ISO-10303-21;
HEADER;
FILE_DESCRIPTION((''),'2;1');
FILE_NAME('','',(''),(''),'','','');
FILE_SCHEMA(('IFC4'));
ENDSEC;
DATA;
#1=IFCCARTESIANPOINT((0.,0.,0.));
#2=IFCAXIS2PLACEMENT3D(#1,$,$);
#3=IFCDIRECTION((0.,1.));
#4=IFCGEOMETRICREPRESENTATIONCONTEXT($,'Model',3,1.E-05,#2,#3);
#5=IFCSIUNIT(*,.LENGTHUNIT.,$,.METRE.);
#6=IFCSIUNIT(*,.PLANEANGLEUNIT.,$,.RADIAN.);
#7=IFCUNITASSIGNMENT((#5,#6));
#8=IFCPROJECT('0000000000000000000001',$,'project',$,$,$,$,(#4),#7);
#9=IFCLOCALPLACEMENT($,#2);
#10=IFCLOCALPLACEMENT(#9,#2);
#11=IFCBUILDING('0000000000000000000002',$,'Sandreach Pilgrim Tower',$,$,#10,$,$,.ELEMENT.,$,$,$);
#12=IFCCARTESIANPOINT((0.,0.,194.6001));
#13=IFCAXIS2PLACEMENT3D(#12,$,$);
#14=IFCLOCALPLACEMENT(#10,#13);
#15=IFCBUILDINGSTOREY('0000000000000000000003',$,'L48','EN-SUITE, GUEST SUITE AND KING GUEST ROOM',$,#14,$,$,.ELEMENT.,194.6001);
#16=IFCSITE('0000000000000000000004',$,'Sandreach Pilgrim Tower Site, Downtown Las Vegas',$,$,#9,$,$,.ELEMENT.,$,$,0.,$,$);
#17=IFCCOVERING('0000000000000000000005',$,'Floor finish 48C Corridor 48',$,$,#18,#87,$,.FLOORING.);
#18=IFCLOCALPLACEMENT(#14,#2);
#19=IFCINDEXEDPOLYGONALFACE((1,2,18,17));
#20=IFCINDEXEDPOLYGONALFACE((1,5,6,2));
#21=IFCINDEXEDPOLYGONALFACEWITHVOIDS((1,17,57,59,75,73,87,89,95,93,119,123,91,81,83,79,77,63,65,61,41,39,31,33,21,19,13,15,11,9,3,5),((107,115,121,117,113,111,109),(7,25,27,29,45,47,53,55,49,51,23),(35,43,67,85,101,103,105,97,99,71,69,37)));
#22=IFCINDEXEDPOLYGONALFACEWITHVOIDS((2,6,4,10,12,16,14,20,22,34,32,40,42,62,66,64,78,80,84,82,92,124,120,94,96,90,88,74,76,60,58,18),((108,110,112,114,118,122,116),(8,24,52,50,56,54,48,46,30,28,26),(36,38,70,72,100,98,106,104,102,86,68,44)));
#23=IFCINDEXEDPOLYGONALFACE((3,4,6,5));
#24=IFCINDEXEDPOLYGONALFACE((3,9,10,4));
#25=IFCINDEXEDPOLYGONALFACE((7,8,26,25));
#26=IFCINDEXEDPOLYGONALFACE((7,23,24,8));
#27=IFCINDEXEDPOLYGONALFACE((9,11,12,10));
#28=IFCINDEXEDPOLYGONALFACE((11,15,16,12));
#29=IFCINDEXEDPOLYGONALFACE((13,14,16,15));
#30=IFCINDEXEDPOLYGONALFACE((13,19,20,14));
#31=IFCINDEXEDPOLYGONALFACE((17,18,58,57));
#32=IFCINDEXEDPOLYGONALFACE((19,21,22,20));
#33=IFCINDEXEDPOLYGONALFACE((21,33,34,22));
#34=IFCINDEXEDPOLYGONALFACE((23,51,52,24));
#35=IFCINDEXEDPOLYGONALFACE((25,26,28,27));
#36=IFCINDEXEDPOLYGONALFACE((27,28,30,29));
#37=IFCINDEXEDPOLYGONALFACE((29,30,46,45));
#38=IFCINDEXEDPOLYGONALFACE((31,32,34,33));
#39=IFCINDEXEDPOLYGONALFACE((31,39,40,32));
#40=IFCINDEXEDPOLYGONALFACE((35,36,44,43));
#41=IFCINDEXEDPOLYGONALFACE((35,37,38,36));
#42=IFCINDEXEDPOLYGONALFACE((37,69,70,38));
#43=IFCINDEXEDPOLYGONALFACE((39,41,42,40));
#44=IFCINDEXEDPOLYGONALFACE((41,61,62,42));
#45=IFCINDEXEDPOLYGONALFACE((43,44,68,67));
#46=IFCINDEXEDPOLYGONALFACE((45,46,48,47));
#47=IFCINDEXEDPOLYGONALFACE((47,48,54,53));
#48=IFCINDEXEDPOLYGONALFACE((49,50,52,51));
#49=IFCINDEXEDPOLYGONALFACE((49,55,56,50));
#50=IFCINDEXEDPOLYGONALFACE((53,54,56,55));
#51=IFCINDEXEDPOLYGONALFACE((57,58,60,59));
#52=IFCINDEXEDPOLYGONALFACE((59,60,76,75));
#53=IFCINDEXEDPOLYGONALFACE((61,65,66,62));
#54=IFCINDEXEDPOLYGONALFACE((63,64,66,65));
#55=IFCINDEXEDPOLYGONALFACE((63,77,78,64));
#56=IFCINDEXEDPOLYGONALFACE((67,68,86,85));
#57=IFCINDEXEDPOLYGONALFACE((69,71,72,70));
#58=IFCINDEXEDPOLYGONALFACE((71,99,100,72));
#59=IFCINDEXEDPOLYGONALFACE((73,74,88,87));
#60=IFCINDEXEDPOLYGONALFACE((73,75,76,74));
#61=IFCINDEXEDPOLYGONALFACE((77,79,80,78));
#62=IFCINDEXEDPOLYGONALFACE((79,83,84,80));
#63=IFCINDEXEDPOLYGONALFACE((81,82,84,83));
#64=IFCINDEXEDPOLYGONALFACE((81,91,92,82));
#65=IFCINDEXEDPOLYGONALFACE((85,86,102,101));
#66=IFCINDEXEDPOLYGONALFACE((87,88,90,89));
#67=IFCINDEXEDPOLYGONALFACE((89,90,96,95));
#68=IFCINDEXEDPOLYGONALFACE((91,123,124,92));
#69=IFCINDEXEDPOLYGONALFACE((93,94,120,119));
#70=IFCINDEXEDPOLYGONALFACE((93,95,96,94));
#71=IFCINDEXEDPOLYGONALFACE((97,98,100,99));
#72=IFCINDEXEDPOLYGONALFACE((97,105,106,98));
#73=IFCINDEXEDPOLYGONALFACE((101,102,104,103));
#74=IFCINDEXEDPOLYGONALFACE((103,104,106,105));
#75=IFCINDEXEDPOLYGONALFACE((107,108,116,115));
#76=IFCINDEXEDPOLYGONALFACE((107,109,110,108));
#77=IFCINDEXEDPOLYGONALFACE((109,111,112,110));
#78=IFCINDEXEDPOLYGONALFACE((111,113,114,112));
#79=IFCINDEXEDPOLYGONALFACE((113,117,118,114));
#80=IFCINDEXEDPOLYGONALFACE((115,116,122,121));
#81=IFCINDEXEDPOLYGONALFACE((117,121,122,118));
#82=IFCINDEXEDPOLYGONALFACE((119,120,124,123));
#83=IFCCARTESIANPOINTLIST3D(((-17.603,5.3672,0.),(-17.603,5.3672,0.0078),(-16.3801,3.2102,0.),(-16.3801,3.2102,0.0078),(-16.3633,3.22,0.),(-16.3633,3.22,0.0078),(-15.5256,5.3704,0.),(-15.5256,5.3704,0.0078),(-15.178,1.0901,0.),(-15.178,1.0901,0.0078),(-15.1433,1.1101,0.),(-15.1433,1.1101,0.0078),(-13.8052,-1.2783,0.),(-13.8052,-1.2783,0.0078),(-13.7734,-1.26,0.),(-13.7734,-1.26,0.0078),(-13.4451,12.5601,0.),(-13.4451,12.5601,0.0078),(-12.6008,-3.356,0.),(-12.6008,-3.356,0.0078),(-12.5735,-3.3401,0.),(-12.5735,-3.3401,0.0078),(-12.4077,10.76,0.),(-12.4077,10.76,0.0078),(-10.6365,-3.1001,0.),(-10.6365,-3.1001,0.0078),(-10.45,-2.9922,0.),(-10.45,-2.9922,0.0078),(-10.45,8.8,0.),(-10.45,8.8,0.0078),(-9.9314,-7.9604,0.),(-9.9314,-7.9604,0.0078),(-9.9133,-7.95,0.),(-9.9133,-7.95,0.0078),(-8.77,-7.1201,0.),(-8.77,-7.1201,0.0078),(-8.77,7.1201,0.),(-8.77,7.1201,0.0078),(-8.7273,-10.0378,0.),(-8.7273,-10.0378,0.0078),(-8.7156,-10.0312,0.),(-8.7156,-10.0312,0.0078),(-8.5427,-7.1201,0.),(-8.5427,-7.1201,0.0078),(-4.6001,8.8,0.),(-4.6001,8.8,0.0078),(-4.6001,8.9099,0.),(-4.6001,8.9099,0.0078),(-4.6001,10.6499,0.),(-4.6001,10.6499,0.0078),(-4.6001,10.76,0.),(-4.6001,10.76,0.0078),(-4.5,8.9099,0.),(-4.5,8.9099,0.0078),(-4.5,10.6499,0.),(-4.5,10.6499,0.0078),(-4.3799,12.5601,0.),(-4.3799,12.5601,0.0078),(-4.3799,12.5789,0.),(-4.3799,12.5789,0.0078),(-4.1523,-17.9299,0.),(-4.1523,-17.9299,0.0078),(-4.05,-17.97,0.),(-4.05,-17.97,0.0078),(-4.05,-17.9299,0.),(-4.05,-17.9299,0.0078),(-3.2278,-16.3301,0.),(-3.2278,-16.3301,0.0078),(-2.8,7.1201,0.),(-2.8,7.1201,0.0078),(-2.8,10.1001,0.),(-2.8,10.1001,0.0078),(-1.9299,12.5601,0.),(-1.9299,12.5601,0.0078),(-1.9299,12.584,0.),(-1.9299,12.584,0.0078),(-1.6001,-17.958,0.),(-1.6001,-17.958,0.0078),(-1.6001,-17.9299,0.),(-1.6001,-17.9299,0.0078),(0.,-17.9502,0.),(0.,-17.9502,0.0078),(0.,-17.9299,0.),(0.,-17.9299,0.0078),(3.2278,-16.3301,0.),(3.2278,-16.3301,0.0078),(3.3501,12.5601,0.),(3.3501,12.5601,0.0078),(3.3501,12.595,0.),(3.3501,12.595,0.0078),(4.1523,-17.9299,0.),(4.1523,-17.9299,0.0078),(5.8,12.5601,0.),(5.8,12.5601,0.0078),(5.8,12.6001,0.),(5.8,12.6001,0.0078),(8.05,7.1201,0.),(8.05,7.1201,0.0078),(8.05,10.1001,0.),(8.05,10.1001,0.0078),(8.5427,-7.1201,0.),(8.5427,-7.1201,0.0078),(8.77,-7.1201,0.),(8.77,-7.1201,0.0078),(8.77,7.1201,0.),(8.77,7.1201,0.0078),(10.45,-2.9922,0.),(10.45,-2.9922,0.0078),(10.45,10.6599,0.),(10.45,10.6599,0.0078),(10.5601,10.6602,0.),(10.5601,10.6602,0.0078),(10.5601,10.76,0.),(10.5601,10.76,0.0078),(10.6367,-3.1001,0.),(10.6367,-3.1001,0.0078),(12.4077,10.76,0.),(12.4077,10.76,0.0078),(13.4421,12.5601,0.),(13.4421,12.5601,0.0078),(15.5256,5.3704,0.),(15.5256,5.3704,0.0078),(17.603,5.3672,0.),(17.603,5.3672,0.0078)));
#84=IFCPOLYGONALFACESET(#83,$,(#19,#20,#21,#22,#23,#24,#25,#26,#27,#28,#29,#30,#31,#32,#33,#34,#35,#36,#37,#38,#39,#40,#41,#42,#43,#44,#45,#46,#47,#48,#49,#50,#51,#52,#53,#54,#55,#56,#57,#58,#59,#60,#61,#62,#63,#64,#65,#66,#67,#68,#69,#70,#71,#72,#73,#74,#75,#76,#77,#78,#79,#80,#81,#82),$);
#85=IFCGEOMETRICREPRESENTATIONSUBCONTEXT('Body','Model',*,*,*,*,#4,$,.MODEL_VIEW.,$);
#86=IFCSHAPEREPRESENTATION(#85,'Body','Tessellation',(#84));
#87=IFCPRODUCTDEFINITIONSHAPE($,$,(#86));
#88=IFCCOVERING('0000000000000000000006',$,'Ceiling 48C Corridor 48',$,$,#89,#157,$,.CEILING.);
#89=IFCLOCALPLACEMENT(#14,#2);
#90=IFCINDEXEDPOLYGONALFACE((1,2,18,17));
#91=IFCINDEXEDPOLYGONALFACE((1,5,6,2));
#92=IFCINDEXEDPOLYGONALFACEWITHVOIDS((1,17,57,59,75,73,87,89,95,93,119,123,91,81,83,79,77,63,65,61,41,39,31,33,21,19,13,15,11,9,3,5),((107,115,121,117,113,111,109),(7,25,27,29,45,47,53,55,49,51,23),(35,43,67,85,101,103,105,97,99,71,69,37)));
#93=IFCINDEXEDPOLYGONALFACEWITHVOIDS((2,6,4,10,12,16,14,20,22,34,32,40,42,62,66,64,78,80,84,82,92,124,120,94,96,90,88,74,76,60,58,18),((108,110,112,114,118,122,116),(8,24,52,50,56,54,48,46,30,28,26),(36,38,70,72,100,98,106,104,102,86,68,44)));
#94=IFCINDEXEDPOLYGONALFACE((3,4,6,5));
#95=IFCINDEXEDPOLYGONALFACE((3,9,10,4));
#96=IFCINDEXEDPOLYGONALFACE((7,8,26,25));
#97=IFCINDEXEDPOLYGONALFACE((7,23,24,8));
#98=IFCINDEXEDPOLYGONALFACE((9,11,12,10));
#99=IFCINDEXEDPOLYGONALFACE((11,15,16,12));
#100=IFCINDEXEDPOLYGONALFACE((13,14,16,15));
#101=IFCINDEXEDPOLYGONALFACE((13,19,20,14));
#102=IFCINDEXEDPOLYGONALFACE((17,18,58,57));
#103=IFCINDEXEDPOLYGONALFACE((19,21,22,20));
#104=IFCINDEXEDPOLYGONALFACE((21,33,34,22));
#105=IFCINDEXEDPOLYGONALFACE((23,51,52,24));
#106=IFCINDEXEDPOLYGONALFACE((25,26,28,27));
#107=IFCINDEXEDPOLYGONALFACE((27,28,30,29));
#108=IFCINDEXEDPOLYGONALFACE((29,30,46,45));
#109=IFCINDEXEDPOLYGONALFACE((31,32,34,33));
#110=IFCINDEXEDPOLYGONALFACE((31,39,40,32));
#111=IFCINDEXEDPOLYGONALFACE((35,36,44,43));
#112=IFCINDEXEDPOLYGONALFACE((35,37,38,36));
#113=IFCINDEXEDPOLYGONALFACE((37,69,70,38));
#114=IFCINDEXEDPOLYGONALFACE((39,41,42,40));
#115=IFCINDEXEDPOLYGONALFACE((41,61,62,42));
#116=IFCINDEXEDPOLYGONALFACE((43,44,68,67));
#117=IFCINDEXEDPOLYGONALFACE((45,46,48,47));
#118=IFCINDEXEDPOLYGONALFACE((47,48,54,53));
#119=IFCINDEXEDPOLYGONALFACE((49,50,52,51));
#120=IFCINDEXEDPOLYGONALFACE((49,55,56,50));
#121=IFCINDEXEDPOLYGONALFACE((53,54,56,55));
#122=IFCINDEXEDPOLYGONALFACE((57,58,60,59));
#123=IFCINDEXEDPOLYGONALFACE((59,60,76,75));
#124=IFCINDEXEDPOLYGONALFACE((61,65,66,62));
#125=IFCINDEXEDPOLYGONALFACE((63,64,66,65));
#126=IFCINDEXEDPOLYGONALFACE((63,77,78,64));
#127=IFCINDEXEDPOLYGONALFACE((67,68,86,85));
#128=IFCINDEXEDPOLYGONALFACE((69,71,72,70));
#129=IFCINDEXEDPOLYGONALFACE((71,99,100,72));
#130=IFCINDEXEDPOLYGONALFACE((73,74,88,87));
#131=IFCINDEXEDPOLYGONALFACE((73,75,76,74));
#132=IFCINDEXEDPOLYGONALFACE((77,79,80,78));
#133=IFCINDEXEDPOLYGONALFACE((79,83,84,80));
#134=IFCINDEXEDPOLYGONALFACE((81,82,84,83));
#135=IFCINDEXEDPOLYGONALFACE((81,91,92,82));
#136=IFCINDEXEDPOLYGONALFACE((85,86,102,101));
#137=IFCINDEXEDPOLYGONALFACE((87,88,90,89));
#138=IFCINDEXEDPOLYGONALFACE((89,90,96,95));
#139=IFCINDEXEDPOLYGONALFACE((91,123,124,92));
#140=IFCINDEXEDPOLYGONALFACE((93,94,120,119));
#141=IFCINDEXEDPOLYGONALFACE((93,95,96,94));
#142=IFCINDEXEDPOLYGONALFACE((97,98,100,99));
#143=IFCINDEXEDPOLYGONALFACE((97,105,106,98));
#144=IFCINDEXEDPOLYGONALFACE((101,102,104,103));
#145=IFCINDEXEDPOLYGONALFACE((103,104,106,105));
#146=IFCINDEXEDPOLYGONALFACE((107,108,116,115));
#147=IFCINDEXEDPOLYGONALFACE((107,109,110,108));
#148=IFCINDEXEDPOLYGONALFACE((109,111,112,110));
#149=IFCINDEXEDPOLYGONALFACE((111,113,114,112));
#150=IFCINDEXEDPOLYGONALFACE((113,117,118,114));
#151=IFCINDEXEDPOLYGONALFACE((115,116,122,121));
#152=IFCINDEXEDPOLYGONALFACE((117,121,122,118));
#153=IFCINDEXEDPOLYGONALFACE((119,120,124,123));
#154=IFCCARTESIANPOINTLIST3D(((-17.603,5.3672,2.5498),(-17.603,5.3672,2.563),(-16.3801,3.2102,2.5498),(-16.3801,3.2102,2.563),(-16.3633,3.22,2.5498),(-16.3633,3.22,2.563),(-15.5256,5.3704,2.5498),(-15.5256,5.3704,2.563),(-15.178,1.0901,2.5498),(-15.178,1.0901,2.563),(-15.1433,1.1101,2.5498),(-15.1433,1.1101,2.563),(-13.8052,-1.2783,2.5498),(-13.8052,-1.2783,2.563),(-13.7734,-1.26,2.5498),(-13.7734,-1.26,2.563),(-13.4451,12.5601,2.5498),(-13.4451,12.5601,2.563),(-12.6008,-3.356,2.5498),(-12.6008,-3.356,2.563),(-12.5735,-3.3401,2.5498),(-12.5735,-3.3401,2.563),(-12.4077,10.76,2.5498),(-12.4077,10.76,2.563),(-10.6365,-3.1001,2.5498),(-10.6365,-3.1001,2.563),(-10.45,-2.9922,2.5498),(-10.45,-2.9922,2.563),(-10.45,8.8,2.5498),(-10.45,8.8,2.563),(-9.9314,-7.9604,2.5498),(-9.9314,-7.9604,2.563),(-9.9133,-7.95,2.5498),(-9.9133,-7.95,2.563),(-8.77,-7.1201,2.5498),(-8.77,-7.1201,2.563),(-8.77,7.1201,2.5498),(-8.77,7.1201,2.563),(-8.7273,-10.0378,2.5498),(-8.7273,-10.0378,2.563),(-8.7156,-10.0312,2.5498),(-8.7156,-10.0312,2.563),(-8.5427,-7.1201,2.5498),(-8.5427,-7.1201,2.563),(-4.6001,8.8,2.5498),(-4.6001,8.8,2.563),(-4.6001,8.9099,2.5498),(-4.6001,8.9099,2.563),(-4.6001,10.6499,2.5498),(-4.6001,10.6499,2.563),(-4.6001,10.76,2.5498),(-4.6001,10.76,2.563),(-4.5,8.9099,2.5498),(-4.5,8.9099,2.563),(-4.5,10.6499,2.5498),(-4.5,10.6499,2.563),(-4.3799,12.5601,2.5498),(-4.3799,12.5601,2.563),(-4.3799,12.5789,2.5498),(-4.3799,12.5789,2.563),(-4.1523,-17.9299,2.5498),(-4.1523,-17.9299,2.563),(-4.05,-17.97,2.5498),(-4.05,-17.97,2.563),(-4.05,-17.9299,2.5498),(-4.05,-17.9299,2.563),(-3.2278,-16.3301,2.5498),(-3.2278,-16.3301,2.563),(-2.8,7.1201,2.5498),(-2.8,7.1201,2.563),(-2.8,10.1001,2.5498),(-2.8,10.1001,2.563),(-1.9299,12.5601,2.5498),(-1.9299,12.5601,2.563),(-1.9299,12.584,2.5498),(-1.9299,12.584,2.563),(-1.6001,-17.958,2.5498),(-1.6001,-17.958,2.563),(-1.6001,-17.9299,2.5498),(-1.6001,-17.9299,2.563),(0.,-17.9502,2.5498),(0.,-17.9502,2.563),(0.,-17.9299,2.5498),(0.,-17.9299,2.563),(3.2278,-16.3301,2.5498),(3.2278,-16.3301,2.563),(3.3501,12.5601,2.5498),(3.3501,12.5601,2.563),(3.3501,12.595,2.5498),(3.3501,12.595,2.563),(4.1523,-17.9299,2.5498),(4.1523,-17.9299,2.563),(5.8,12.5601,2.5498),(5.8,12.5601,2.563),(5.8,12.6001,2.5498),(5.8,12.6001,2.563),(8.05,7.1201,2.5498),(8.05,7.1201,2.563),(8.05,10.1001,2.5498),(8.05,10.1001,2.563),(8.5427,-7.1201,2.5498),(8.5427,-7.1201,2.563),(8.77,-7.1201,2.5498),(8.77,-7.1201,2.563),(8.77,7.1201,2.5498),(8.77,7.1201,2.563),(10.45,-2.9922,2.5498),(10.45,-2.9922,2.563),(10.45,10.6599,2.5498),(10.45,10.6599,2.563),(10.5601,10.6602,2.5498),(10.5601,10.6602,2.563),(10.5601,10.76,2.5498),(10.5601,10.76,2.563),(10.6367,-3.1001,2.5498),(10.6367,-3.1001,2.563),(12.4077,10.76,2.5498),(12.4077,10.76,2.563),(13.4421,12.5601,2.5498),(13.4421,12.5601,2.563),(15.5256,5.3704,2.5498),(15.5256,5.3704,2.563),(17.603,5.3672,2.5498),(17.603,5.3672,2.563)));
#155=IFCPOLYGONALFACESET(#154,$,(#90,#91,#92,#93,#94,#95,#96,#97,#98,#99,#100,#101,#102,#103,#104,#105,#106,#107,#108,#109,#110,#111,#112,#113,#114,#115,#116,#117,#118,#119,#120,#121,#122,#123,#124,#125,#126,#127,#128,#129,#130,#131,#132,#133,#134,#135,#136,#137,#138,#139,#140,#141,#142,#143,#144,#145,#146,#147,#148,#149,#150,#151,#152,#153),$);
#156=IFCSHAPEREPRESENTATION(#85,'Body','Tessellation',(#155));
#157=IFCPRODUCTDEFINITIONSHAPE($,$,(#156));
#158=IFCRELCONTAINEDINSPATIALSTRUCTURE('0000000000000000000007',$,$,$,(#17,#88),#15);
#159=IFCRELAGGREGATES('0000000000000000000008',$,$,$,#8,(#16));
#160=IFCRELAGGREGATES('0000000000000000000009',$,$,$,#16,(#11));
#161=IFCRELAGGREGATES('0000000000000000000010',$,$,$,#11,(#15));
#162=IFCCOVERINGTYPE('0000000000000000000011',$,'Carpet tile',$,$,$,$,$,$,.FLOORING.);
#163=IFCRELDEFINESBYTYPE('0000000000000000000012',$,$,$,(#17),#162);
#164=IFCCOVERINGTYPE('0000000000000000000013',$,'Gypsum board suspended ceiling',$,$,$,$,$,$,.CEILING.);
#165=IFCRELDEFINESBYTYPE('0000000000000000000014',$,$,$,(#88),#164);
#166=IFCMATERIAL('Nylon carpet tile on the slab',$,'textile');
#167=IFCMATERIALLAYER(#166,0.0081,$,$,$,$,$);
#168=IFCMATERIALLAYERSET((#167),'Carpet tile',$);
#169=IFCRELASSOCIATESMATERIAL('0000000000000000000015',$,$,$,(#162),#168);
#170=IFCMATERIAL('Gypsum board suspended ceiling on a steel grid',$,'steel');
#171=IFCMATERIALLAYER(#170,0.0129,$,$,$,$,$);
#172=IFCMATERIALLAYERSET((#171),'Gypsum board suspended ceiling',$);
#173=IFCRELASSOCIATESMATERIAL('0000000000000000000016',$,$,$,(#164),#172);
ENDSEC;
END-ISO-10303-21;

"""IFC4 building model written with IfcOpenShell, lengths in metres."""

from ifc_helpers import new_model, si_unit, direction, frame, origin, place, context, subcontext, project, spatial, polyline, outline, extrude, material, layer, layer_set, type_object, element, save


model = new_model("IFC4")

# Units and contexts
model_context = context("Model", 3, precision=1e-05, world=origin(), true_north=direction((0.0, 1.0)))
body_context = subcontext(model_context, "Body", "Model", "MODEL_VIEW")
ifc_project = project(units=[si_unit("LENGTHUNIT", "METRE"), si_unit("PLANEANGLEUNIT", "RADIAN")], contexts=[model_context])

# Site, building, storey
site_placement = place(None, origin())
site = spatial("IfcSite", under=ifc_project, at=site_placement, Name="Sandreach Pilgrim Tower Site, Downtown Las Vegas", CompositionType="ELEMENT", RefElevation=0.0)
building_placement = place(site_placement, origin())
building = spatial("IfcBuilding", under=site, at=building_placement, Name="Sandreach Pilgrim Tower", CompositionType="ELEMENT")
storey_placement = place(building_placement, frame((0.0, 0.0, 194.6001)))
storey = spatial("IfcBuildingStorey", under=building, at=storey_placement, Name="L48", Description="EN-SUITE, GUEST SUITE AND KING GUEST ROOM", CompositionType="ELEMENT", Elevation=194.6001)

# Coverings
ifc_material_1 = material(Name="Nylon carpet tile on the slab", Category="textile")
ifc_layer_1 = layer(ifc_material_1, 0.0081)
ifc_layer_set_1 = layer_set([ifc_layer_1], Name="Carpet tile")
covering_type_1 = type_object("IfcCoveringType", Name="Carpet tile", PredefinedType="FLOORING", material=ifc_layer_set_1)
covering_1_placement = place(storey_placement, origin())
element("IfcCovering", 1, at=covering_1_placement, inside=storey, type_object=covering_type_1, Name="Floor finish 48C Corridor 48", PredefinedType="FLOORING", context=body_context, shape_type="SweptSolid", body=[
    extrude(outline(polyline([(-17.603, 5.3672), (-13.4451, 12.5601), (-4.3799, 12.5601), (-4.3799, 12.5789), (-1.9299, 12.584), (-1.9299, 12.5601), (3.3501, 12.5601), (3.3501, 12.595), (5.8, 12.6001), (5.8, 12.5601), (13.4421, 12.5601), (17.603, 5.3672), (4.1523, -17.9299), (0.0, -17.9502), (0.0, -17.9299), (-1.6001, -17.9299), (-1.6001, -17.958), (-4.05, -17.97), (-4.05, -17.9299), (-4.1523, -17.9299), (-8.7156, -10.0312), (-8.7273, -10.0378), (-9.9314, -7.9604), (-9.9133, -7.95), (-12.5735, -3.3401), (-12.6008, -3.356), (-13.8052, -1.2783), (-13.7734, -1.26), (-15.1433, 1.1101), (-15.178, 1.0901), (-16.3801, 3.2102), (-16.3633, 3.22), (-17.603, 5.3672)]), holes=[polyline([(10.45, 10.6599), (10.45, -2.9922), (10.6367, -3.1001), (15.5256, 5.3704), (12.4077, 10.76), (10.5601, 10.76), (10.5601, 10.6602), (10.45, 10.6599)]), polyline([(-3.2278, -16.3301), (3.2278, -16.3301), (8.5427, -7.1201), (8.77, -7.1201), (8.77, 7.1201), (8.05, 7.1201), (8.05, 10.1001), (-2.8, 10.1001), (-2.8, 7.1201), (-8.77, 7.1201), (-8.77, -7.1201), (-8.5427, -7.1201), (-3.2278, -16.3301)]), polyline([(-15.5256, 5.3704), (-10.6365, -3.1001), (-10.45, -2.9922), (-10.45, 8.8), (-4.6001, 8.8), (-4.6001, 8.9099), (-4.5, 8.9099), (-4.5, 10.6499), (-4.6001, 10.6499), (-4.6001, 10.76), (-12.4077, 10.76), (-15.5256, 5.3704)])]), origin(), (0.0, 0.0, 1.0), 0.0078),
])
ifc_material_2 = material(Name="Gypsum board suspended ceiling on a steel grid", Category="steel")
ifc_layer_2 = layer(ifc_material_2, 0.0129)
ifc_layer_set_2 = layer_set([ifc_layer_2], Name="Gypsum board suspended ceiling")
covering_type_2 = type_object("IfcCoveringType", Name="Gypsum board suspended ceiling", PredefinedType="CEILING", material=ifc_layer_set_2)
covering_2_placement = place(storey_placement, frame((0.0, 0.0, 2.5498)))
element("IfcCovering", 2, at=covering_2_placement, inside=storey, type_object=covering_type_2, Name="Ceiling 48C Corridor 48", PredefinedType="CEILING", context=body_context, shape_type="SweptSolid", body=[
    extrude(outline(polyline([(-17.603, 5.3672), (-13.4451, 12.5601), (-4.3799, 12.5601), (-4.3799, 12.5789), (-1.9299, 12.584), (-1.9299, 12.5601), (3.3501, 12.5601), (3.3501, 12.595), (5.8, 12.6001), (5.8, 12.5601), (13.4421, 12.5601), (17.603, 5.3672), (4.1523, -17.9299), (0.0, -17.9502), (0.0, -17.9299), (-1.6001, -17.9299), (-1.6001, -17.958), (-4.05, -17.97), (-4.05, -17.9299), (-4.1523, -17.9299), (-8.7156, -10.0312), (-8.7273, -10.0378), (-9.9314, -7.9604), (-9.9133, -7.95), (-12.5735, -3.3401), (-12.6008, -3.356), (-13.8052, -1.2783), (-13.7734, -1.26), (-15.1433, 1.1101), (-15.178, 1.0901), (-16.3801, 3.2102), (-16.3633, 3.22), (-17.603, 5.3672)]), holes=[polyline([(10.45, 10.6599), (10.45, -2.9922), (10.6367, -3.1001), (15.5256, 5.3704), (12.4077, 10.76), (10.5601, 10.76), (10.5601, 10.6602), (10.45, 10.6599)]), polyline([(-3.2278, -16.3301), (3.2278, -16.3301), (8.5427, -7.1201), (8.77, -7.1201), (8.77, 7.1201), (8.05, 7.1201), (8.05, 10.1001), (-2.8, 10.1001), (-2.8, 7.1201), (-8.77, 7.1201), (-8.77, -7.1201), (-8.5427, -7.1201), (-3.2278, -16.3301)]), polyline([(-15.5256, 5.3704), (-10.6365, -3.1001), (-10.45, -2.9922), (-10.45, 8.8), (-4.6001, 8.8), (-4.6001, 8.9099), (-4.5, 8.9099), (-4.5, 10.6499), (-4.6001, 10.6499), (-4.6001, 10.76), (-12.4077, 10.76), (-15.5256, 5.3704)])]), origin(), (0.0, 0.0, 1.0), 0.0132),
])

save(model, "model.ifc")
